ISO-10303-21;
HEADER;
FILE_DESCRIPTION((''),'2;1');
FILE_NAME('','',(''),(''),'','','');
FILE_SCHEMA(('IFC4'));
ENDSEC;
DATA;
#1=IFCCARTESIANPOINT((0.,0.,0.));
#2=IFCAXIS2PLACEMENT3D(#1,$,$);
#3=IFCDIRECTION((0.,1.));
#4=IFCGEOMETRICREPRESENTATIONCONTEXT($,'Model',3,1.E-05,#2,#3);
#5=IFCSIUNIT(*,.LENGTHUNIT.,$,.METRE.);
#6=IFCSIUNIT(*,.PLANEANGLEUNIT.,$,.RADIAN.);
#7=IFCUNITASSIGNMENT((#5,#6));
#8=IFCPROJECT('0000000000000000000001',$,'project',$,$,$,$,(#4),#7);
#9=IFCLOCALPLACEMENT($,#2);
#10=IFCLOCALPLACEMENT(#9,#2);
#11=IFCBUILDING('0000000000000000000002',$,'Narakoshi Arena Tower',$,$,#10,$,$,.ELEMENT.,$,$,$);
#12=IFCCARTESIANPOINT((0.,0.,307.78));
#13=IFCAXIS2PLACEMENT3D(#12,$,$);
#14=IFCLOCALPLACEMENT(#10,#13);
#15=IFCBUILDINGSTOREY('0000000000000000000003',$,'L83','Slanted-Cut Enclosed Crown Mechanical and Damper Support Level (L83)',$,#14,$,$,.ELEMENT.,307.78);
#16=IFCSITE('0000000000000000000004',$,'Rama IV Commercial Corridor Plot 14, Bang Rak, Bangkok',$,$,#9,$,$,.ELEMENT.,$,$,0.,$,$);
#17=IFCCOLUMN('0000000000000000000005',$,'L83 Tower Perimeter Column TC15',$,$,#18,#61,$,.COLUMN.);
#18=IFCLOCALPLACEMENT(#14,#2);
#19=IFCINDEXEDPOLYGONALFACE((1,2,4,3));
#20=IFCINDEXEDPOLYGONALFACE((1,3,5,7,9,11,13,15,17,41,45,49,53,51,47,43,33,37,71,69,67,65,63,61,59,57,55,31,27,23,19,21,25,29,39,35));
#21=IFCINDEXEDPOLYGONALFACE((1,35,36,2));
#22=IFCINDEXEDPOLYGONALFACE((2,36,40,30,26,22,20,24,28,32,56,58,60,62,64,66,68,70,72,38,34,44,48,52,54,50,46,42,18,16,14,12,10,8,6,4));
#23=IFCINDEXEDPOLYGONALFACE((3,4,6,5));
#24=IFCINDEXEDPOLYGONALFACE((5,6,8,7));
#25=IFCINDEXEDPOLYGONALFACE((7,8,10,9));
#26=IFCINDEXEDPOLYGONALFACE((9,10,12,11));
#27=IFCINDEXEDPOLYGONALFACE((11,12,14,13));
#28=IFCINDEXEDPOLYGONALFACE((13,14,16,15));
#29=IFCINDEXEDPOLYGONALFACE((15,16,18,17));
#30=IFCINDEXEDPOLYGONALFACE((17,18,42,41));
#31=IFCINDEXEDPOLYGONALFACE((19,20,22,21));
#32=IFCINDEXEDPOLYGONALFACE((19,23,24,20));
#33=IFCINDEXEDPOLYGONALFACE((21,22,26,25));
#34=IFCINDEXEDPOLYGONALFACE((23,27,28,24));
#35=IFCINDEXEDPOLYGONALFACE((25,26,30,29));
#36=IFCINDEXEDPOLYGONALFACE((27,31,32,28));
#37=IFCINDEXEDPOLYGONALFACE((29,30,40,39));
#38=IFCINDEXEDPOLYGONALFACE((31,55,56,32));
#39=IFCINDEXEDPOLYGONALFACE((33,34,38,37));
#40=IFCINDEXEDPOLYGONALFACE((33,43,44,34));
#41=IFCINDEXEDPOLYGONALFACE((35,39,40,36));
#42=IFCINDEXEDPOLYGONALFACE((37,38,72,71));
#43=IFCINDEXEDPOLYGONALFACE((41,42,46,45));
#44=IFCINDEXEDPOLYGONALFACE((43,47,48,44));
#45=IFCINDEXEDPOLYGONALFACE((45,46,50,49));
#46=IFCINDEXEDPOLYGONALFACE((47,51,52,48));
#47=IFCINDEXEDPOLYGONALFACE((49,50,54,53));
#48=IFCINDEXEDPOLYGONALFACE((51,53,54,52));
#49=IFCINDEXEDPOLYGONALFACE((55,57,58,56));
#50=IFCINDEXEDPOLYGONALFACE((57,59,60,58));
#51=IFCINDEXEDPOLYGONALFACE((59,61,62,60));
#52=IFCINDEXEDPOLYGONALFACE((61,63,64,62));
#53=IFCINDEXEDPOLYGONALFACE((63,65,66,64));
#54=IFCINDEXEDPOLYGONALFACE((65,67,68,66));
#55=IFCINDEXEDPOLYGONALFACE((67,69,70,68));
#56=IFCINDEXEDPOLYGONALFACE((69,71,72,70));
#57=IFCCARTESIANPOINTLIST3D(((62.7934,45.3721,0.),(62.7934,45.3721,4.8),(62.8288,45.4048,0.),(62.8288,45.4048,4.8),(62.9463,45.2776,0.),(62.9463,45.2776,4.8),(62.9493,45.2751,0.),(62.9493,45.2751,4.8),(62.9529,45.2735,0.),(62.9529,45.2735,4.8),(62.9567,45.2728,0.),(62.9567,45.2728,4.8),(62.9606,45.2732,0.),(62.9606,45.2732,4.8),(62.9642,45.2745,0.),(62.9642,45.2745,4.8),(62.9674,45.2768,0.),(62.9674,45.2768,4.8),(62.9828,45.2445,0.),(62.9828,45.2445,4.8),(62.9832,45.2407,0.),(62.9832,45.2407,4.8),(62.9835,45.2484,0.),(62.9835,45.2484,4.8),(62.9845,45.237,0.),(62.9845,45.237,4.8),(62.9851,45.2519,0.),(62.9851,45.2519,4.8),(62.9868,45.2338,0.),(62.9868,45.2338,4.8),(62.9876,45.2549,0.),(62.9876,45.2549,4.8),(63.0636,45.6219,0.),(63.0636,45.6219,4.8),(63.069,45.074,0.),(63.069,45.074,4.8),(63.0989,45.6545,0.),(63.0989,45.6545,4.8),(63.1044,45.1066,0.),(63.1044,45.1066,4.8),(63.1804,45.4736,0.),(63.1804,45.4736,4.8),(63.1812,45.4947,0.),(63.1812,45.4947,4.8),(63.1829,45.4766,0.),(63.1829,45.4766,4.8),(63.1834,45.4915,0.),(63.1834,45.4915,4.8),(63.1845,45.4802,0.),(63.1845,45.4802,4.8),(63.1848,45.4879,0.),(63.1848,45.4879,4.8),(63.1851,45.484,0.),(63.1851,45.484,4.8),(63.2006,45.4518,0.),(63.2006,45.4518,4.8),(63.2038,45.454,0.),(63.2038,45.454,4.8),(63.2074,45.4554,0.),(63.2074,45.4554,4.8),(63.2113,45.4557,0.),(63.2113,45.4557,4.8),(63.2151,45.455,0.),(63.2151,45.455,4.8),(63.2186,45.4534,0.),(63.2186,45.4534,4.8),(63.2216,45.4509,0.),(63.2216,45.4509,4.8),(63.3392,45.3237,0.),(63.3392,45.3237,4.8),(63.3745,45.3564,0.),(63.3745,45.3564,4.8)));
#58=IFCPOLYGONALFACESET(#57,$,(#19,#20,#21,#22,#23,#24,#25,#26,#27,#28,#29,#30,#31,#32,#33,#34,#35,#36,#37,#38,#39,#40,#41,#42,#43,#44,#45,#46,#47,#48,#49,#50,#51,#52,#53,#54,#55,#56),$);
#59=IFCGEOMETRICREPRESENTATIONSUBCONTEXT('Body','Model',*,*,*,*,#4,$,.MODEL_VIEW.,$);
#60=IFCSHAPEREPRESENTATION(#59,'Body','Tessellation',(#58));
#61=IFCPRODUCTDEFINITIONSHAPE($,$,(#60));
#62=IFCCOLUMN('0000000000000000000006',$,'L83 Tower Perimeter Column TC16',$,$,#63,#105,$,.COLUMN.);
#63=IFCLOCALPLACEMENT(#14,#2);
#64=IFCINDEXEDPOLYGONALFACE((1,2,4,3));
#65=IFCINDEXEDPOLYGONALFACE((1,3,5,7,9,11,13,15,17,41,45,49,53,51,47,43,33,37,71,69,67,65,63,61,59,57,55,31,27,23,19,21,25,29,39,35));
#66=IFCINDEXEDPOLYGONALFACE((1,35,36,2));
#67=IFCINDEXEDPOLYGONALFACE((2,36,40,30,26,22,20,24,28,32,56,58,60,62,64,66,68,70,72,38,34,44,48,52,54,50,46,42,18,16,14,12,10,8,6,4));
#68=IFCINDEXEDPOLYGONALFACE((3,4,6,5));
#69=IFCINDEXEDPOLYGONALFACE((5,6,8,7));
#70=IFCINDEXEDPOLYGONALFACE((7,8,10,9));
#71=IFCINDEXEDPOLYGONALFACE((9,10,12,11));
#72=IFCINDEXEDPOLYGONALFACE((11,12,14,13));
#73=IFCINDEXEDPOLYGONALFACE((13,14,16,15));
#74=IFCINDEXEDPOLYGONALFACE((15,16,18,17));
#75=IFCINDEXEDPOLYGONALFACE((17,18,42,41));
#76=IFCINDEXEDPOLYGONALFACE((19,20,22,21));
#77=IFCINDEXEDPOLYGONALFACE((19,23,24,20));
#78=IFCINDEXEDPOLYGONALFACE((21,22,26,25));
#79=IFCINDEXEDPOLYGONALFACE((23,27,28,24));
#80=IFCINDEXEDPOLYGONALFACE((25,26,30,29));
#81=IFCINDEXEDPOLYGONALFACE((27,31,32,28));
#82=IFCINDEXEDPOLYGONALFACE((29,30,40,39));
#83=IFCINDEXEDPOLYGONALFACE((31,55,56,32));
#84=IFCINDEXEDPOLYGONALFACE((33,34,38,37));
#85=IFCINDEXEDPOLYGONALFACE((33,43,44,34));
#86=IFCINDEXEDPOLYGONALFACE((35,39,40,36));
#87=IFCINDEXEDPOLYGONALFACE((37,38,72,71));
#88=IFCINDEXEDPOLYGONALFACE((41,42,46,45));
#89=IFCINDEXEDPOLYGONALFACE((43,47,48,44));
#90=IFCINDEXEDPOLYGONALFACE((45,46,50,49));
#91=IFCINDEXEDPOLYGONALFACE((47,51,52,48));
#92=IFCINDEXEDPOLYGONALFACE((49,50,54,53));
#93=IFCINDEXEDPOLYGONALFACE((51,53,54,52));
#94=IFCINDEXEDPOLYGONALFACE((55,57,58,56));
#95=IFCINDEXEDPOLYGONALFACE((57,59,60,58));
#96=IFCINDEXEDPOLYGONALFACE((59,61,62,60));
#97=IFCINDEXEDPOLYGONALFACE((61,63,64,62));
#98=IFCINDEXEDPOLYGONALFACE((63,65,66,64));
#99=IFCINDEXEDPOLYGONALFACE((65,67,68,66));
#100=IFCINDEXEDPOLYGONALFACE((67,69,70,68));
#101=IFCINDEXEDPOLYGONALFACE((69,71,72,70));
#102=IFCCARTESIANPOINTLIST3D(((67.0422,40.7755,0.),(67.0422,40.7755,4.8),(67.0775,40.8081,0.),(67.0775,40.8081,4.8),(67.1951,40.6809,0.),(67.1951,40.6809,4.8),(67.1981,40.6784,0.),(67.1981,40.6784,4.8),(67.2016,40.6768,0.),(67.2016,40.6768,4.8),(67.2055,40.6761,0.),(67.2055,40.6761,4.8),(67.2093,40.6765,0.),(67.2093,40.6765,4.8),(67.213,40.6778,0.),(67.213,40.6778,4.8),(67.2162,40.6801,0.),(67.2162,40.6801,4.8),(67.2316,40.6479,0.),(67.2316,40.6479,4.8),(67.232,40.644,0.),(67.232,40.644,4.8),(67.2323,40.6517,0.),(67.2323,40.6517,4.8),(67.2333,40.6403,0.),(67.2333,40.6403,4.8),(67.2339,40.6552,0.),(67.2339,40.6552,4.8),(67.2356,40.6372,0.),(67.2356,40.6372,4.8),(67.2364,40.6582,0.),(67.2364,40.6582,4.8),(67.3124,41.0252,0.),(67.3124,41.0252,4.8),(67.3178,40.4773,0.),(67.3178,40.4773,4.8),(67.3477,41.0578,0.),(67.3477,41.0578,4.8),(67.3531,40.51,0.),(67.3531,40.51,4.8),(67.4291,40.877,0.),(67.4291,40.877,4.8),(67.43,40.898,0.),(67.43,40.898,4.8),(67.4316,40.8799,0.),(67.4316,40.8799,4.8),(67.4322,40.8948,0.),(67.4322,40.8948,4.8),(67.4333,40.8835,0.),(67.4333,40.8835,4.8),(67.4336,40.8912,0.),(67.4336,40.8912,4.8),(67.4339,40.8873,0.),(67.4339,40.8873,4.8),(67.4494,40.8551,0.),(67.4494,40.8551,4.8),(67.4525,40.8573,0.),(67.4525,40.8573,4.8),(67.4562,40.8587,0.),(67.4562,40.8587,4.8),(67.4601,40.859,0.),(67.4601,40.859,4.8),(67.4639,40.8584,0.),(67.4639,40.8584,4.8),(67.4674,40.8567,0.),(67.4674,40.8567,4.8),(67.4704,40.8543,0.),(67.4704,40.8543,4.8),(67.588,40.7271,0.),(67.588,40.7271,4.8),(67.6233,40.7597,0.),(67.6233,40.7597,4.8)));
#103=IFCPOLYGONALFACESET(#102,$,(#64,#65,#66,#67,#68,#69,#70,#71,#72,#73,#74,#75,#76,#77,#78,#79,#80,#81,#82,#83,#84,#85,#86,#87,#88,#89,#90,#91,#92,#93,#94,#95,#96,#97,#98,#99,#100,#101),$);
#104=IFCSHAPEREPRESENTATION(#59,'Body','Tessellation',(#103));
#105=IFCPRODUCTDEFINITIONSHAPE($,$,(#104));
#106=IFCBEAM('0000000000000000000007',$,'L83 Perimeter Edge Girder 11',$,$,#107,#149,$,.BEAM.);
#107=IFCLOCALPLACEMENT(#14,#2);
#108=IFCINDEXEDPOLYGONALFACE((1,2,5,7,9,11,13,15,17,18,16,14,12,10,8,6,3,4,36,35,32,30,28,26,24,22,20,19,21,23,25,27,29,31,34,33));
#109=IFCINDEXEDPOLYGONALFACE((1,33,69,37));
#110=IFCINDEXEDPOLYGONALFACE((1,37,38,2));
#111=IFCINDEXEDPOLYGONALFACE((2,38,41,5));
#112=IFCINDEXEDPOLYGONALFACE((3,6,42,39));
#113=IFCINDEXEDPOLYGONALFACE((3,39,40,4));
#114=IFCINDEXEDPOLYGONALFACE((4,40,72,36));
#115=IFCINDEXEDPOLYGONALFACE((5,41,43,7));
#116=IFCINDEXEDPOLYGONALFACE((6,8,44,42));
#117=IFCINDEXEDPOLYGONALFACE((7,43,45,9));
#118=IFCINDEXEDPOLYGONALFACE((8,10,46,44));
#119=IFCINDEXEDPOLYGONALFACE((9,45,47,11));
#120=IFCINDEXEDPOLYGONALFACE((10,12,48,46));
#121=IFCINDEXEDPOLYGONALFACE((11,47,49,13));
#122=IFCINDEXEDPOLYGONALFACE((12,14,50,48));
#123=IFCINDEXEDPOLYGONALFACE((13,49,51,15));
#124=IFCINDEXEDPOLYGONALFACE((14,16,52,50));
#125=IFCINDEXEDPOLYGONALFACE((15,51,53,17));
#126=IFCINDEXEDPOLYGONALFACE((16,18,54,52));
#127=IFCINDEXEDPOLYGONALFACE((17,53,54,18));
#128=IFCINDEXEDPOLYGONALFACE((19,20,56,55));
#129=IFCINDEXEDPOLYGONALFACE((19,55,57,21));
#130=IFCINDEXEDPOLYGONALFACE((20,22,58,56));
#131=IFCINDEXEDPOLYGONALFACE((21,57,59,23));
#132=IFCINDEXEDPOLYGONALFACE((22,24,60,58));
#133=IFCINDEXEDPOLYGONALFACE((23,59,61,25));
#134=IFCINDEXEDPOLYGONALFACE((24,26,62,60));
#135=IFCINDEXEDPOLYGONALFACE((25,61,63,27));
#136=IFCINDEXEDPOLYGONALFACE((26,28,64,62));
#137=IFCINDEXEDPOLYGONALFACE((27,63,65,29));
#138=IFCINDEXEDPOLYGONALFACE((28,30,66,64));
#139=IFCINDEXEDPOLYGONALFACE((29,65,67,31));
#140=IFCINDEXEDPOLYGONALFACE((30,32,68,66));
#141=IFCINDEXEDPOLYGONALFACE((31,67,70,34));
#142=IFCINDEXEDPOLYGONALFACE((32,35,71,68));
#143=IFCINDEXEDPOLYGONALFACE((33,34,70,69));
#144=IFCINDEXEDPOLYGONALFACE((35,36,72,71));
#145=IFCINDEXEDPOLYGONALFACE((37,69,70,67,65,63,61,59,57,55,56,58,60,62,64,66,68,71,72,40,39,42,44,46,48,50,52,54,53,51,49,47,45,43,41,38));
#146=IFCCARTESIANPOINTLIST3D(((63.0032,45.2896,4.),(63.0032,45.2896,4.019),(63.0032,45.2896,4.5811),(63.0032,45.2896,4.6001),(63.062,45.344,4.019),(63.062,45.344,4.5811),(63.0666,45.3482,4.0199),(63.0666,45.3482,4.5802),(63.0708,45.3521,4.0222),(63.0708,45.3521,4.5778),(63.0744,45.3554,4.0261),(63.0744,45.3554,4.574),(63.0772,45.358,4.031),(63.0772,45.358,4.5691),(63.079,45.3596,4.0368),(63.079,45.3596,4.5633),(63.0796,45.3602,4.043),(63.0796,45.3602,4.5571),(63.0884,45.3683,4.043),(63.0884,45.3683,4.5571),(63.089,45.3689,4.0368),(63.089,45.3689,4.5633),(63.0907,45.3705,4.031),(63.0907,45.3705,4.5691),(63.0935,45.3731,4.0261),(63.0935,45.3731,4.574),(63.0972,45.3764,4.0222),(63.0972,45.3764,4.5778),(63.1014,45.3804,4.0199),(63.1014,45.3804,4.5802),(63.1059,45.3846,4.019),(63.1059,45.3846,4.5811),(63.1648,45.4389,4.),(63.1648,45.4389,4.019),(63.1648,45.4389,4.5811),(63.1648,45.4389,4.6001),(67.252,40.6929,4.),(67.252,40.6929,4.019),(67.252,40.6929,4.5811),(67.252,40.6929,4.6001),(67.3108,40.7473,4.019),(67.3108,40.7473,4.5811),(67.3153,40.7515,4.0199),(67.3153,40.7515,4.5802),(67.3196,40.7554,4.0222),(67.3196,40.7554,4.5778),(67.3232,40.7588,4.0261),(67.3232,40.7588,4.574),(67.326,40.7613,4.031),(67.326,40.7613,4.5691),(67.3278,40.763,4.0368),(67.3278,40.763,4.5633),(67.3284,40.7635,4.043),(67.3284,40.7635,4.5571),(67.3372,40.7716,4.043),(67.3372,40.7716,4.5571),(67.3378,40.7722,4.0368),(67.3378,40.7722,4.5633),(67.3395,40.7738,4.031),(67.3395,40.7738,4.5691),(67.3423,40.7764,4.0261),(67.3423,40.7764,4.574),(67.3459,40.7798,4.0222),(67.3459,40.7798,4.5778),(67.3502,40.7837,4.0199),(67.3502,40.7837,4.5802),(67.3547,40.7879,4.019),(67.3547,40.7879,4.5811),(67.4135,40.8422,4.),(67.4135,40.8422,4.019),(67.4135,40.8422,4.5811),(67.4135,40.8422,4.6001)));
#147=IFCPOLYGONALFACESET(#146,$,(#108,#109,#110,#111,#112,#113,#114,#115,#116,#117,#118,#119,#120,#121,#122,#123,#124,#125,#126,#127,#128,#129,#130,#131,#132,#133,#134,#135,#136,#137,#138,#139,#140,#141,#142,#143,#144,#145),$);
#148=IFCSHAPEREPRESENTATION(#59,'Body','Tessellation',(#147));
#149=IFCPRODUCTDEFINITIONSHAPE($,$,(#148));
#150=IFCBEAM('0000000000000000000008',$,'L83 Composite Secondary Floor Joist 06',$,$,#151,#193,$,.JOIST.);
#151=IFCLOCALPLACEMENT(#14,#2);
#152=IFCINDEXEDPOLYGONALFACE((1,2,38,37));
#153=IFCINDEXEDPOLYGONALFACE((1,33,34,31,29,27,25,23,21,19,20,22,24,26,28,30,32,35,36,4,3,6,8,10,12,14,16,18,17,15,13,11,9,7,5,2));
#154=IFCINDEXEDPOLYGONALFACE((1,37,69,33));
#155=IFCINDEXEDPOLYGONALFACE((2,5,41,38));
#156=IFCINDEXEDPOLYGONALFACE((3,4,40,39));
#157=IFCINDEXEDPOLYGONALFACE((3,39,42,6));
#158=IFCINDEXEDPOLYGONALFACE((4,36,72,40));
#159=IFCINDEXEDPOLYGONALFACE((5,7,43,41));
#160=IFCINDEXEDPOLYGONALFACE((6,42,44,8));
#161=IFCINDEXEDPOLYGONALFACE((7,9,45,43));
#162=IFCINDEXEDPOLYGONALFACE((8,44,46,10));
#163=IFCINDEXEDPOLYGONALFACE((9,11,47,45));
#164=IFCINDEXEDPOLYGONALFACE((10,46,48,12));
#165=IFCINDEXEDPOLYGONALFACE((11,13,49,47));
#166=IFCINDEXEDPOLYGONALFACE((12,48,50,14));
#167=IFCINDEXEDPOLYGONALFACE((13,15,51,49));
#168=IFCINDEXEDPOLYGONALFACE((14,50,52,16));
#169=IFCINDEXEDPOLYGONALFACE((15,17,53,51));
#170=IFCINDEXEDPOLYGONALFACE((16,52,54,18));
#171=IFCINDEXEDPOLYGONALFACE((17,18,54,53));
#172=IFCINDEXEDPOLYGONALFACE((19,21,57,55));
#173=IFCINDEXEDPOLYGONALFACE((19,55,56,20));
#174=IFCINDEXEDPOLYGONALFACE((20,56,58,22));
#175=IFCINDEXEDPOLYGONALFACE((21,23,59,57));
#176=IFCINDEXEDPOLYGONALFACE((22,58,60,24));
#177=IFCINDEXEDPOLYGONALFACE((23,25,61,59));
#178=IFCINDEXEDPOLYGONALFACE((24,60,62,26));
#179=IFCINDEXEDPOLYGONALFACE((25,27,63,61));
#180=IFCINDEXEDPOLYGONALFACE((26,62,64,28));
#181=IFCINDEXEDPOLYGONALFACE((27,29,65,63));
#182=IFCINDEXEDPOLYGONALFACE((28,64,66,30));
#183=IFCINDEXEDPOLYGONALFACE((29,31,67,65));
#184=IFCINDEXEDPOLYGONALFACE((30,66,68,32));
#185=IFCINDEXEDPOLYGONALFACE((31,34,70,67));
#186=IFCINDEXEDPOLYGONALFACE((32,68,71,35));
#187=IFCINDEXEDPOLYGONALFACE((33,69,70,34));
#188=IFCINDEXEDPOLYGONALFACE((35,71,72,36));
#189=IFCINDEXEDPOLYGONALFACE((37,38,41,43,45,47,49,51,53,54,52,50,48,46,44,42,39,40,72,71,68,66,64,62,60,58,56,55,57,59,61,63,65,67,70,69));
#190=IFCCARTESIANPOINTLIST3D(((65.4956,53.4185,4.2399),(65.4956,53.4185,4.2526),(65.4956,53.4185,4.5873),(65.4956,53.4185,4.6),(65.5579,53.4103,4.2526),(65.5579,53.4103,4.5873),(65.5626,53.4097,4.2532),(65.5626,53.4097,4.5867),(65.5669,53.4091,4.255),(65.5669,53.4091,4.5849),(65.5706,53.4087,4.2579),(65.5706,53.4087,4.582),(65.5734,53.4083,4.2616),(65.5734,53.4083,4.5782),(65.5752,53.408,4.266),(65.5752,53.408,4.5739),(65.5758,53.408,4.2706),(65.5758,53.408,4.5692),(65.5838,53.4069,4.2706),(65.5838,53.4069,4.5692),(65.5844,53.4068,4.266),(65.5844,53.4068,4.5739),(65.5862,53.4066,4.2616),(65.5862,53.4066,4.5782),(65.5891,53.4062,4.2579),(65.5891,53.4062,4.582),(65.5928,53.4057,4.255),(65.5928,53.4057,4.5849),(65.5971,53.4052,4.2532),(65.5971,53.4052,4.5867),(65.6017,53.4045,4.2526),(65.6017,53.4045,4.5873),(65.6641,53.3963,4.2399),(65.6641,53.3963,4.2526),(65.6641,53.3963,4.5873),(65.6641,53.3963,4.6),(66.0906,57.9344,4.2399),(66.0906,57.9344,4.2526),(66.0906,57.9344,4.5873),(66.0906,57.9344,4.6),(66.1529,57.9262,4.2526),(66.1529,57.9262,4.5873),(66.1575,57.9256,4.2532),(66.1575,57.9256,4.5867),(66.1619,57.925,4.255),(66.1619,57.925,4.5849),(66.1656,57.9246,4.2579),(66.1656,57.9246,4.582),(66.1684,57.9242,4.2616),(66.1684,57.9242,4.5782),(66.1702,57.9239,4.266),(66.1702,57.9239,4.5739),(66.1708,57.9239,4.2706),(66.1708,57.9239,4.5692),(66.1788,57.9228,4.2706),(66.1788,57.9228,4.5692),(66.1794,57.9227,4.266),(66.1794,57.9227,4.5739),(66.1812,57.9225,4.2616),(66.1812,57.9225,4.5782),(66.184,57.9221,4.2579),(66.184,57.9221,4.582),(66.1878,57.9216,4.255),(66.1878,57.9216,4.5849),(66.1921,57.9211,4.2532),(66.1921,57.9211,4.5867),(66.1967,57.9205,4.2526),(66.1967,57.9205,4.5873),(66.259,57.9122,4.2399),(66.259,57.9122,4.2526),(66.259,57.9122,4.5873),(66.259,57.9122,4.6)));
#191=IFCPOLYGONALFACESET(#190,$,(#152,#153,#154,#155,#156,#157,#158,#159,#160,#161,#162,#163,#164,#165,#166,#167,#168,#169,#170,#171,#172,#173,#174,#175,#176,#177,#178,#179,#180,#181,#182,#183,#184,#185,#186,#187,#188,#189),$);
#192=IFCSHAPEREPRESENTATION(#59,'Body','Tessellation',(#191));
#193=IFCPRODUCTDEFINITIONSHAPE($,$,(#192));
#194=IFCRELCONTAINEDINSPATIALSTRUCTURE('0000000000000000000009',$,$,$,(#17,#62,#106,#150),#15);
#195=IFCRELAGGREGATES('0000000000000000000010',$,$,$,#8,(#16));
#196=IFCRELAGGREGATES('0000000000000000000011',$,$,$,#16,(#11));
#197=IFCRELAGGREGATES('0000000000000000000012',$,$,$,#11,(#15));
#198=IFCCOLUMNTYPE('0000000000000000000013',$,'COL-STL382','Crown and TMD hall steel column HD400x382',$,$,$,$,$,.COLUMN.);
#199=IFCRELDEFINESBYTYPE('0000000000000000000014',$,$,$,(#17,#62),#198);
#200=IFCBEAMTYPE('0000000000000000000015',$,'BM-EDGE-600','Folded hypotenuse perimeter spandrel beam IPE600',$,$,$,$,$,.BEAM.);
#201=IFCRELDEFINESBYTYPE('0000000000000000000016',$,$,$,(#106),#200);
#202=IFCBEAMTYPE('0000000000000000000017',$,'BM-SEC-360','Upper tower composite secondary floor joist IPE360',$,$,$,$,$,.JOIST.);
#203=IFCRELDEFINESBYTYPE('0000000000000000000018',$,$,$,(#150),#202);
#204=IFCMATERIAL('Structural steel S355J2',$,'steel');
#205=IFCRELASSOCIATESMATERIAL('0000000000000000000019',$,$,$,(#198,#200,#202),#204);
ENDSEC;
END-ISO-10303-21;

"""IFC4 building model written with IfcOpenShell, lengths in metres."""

from ifc_helpers import new_model, si_unit, direction, frame, origin, origin_2d, place, context, subcontext, project, spatial, i_section, extrude, material, material_profile, profile_set, type_object, element, save


model = new_model("IFC4")

# Units and contexts
model_context = context("Model", 3, precision=1e-05, world=origin(), true_north=direction((0.0, 1.0)))
body_context = subcontext(model_context, "Body", "Model", "MODEL_VIEW")
ifc_project = project(units=[si_unit("LENGTHUNIT", "METRE"), si_unit("PLANEANGLEUNIT", "RADIAN")], contexts=[model_context])

# Site, building, storey
site_placement = place(None, origin())
site = spatial("IfcSite", under=ifc_project, at=site_placement, Name="Rama IV Commercial Corridor Plot 14, Bang Rak, Bangkok", CompositionType="ELEMENT", RefElevation=0.0)
building_placement = place(site_placement, origin())
building = spatial("IfcBuilding", under=site, at=building_placement, Name="Narakoshi Arena Tower", CompositionType="ELEMENT")
storey_placement = place(building_placement, frame((0.0, 0.0, 307.78)))
storey = spatial("IfcBuildingStorey", under=building, at=storey_placement, Name="L83", Description="Slanted-Cut Enclosed Crown Mechanical and Damper Support Level (L83)", CompositionType="ELEMENT", Elevation=307.78)

# Columns
ifc_material_1 = material(Name="Structural steel S355J2", Category="steel")
ifc_material_profile_1 = material_profile(ifc_material_1, i_section(OverallWidth=0.406, OverallDepth=0.416, WebThickness=0.0298, FlangeThickness=0.0481, FilletRadius=0.0149, at=origin_2d()), Name="HD400x382")
ifc_profile_set_1 = profile_set([ifc_material_profile_1], Name="Structural steel S355J2")
column_type = type_object("IfcColumnType", Name="COL-STL382", Description="Crown and TMD hall steel column HD400x382", PredefinedType="COLUMN", material=ifc_profile_set_1)
for number, where, z_axis, x_axis, name in (
    (1, (63.084, 45.3643, 0.0), (0.0, 0.0, 1.0), (-0.678801, 0.734323, 0.0), "L83 Tower Perimeter Column TC15"),
    (2, (67.3328, 40.7676, 0.0), (0.0, 0.0, 1.0), (-0.678801, 0.734323, 0.0), "L83 Tower Perimeter Column TC16"),
):
    element("IfcColumn", number, at=place(storey_placement, frame(where, z_axis=z_axis, x_axis=x_axis)), inside=storey, type_object=column_type, Name=name, PredefinedType="COLUMN", context=body_context, shape_type="SweptSolid", body=[
        extrude(i_section(OverallWidth=0.406, OverallDepth=0.416, WebThickness=0.0298, FlangeThickness=0.0481, FilletRadius=0.0149, at=origin_2d()), origin(), (0.0, 0.0, 1.0), 4.8),
    ])

# Beams
ifc_material_profile_2 = material_profile(ifc_material_1, i_section(OverallWidth=0.22, OverallDepth=0.6001, WebThickness=0.012, FlangeThickness=0.019, FilletRadius=0.0239, at=origin_2d()), Name="IPE600")
ifc_profile_set_2 = profile_set([ifc_material_profile_2], Name="Structural steel S355J2")
beam_type_1 = type_object("IfcBeamType", Name="BM-EDGE-600", Description="Folded hypotenuse perimeter spandrel beam IPE600", PredefinedType="BEAM", material=ifc_profile_set_2)
beam_1_placement = place(storey_placement, frame((63.084, 45.3643, 4.3), z_axis=(0.678771, -0.73435, 0.0), x_axis=(0.73435, 0.678771, 0.0)))
element("IfcBeam", 3, at=beam_1_placement, inside=storey, type_object=beam_type_1, Name="L83 Perimeter Edge Girder 11", PredefinedType="BEAM", context=body_context, shape_type="SweptSolid", body=[
    extrude(i_section(OverallWidth=0.22, OverallDepth=0.6001, WebThickness=0.012, FlangeThickness=0.019, FilletRadius=0.0239, at=origin_2d()), origin(), (0.0, 0.0, 1.0), 6.2595),
])
ifc_material_profile_3 = material_profile(ifc_material_1, i_section(OverallWidth=0.1699, OverallDepth=0.3601, WebThickness=0.0081, FlangeThickness=0.0127, FilletRadius=0.0181, at=origin_2d()), Name="IPE360")
ifc_profile_set_3 = profile_set([ifc_material_profile_3], Name="Structural steel S355J2")
beam_type_2 = type_object("IfcBeamType", Name="BM-SEC-360", Description="Upper tower composite secondary floor joist IPE360", PredefinedType="JOIST", material=ifc_profile_set_3)
beam_2_placement = place(storey_placement, frame((66.1748, 57.9233, 4.4199), z_axis=(-0.130622, -0.991432, 0.0), x_axis=(0.991432, -0.130622, 0.0)))
element("IfcBeam", 4, at=beam_2_placement, inside=storey, type_object=beam_type_2, Name="L83 Composite Secondary Floor Joist 06", PredefinedType="JOIST", context=body_context, shape_type="SweptSolid", body=[
    extrude(i_section(OverallWidth=0.1699, OverallDepth=0.3601, WebThickness=0.0081, FlangeThickness=0.0127, FilletRadius=0.0181, at=origin_2d()), origin(), (0.0, 0.0, 1.0), 4.5549),
])

save(model, "model.ifc")
